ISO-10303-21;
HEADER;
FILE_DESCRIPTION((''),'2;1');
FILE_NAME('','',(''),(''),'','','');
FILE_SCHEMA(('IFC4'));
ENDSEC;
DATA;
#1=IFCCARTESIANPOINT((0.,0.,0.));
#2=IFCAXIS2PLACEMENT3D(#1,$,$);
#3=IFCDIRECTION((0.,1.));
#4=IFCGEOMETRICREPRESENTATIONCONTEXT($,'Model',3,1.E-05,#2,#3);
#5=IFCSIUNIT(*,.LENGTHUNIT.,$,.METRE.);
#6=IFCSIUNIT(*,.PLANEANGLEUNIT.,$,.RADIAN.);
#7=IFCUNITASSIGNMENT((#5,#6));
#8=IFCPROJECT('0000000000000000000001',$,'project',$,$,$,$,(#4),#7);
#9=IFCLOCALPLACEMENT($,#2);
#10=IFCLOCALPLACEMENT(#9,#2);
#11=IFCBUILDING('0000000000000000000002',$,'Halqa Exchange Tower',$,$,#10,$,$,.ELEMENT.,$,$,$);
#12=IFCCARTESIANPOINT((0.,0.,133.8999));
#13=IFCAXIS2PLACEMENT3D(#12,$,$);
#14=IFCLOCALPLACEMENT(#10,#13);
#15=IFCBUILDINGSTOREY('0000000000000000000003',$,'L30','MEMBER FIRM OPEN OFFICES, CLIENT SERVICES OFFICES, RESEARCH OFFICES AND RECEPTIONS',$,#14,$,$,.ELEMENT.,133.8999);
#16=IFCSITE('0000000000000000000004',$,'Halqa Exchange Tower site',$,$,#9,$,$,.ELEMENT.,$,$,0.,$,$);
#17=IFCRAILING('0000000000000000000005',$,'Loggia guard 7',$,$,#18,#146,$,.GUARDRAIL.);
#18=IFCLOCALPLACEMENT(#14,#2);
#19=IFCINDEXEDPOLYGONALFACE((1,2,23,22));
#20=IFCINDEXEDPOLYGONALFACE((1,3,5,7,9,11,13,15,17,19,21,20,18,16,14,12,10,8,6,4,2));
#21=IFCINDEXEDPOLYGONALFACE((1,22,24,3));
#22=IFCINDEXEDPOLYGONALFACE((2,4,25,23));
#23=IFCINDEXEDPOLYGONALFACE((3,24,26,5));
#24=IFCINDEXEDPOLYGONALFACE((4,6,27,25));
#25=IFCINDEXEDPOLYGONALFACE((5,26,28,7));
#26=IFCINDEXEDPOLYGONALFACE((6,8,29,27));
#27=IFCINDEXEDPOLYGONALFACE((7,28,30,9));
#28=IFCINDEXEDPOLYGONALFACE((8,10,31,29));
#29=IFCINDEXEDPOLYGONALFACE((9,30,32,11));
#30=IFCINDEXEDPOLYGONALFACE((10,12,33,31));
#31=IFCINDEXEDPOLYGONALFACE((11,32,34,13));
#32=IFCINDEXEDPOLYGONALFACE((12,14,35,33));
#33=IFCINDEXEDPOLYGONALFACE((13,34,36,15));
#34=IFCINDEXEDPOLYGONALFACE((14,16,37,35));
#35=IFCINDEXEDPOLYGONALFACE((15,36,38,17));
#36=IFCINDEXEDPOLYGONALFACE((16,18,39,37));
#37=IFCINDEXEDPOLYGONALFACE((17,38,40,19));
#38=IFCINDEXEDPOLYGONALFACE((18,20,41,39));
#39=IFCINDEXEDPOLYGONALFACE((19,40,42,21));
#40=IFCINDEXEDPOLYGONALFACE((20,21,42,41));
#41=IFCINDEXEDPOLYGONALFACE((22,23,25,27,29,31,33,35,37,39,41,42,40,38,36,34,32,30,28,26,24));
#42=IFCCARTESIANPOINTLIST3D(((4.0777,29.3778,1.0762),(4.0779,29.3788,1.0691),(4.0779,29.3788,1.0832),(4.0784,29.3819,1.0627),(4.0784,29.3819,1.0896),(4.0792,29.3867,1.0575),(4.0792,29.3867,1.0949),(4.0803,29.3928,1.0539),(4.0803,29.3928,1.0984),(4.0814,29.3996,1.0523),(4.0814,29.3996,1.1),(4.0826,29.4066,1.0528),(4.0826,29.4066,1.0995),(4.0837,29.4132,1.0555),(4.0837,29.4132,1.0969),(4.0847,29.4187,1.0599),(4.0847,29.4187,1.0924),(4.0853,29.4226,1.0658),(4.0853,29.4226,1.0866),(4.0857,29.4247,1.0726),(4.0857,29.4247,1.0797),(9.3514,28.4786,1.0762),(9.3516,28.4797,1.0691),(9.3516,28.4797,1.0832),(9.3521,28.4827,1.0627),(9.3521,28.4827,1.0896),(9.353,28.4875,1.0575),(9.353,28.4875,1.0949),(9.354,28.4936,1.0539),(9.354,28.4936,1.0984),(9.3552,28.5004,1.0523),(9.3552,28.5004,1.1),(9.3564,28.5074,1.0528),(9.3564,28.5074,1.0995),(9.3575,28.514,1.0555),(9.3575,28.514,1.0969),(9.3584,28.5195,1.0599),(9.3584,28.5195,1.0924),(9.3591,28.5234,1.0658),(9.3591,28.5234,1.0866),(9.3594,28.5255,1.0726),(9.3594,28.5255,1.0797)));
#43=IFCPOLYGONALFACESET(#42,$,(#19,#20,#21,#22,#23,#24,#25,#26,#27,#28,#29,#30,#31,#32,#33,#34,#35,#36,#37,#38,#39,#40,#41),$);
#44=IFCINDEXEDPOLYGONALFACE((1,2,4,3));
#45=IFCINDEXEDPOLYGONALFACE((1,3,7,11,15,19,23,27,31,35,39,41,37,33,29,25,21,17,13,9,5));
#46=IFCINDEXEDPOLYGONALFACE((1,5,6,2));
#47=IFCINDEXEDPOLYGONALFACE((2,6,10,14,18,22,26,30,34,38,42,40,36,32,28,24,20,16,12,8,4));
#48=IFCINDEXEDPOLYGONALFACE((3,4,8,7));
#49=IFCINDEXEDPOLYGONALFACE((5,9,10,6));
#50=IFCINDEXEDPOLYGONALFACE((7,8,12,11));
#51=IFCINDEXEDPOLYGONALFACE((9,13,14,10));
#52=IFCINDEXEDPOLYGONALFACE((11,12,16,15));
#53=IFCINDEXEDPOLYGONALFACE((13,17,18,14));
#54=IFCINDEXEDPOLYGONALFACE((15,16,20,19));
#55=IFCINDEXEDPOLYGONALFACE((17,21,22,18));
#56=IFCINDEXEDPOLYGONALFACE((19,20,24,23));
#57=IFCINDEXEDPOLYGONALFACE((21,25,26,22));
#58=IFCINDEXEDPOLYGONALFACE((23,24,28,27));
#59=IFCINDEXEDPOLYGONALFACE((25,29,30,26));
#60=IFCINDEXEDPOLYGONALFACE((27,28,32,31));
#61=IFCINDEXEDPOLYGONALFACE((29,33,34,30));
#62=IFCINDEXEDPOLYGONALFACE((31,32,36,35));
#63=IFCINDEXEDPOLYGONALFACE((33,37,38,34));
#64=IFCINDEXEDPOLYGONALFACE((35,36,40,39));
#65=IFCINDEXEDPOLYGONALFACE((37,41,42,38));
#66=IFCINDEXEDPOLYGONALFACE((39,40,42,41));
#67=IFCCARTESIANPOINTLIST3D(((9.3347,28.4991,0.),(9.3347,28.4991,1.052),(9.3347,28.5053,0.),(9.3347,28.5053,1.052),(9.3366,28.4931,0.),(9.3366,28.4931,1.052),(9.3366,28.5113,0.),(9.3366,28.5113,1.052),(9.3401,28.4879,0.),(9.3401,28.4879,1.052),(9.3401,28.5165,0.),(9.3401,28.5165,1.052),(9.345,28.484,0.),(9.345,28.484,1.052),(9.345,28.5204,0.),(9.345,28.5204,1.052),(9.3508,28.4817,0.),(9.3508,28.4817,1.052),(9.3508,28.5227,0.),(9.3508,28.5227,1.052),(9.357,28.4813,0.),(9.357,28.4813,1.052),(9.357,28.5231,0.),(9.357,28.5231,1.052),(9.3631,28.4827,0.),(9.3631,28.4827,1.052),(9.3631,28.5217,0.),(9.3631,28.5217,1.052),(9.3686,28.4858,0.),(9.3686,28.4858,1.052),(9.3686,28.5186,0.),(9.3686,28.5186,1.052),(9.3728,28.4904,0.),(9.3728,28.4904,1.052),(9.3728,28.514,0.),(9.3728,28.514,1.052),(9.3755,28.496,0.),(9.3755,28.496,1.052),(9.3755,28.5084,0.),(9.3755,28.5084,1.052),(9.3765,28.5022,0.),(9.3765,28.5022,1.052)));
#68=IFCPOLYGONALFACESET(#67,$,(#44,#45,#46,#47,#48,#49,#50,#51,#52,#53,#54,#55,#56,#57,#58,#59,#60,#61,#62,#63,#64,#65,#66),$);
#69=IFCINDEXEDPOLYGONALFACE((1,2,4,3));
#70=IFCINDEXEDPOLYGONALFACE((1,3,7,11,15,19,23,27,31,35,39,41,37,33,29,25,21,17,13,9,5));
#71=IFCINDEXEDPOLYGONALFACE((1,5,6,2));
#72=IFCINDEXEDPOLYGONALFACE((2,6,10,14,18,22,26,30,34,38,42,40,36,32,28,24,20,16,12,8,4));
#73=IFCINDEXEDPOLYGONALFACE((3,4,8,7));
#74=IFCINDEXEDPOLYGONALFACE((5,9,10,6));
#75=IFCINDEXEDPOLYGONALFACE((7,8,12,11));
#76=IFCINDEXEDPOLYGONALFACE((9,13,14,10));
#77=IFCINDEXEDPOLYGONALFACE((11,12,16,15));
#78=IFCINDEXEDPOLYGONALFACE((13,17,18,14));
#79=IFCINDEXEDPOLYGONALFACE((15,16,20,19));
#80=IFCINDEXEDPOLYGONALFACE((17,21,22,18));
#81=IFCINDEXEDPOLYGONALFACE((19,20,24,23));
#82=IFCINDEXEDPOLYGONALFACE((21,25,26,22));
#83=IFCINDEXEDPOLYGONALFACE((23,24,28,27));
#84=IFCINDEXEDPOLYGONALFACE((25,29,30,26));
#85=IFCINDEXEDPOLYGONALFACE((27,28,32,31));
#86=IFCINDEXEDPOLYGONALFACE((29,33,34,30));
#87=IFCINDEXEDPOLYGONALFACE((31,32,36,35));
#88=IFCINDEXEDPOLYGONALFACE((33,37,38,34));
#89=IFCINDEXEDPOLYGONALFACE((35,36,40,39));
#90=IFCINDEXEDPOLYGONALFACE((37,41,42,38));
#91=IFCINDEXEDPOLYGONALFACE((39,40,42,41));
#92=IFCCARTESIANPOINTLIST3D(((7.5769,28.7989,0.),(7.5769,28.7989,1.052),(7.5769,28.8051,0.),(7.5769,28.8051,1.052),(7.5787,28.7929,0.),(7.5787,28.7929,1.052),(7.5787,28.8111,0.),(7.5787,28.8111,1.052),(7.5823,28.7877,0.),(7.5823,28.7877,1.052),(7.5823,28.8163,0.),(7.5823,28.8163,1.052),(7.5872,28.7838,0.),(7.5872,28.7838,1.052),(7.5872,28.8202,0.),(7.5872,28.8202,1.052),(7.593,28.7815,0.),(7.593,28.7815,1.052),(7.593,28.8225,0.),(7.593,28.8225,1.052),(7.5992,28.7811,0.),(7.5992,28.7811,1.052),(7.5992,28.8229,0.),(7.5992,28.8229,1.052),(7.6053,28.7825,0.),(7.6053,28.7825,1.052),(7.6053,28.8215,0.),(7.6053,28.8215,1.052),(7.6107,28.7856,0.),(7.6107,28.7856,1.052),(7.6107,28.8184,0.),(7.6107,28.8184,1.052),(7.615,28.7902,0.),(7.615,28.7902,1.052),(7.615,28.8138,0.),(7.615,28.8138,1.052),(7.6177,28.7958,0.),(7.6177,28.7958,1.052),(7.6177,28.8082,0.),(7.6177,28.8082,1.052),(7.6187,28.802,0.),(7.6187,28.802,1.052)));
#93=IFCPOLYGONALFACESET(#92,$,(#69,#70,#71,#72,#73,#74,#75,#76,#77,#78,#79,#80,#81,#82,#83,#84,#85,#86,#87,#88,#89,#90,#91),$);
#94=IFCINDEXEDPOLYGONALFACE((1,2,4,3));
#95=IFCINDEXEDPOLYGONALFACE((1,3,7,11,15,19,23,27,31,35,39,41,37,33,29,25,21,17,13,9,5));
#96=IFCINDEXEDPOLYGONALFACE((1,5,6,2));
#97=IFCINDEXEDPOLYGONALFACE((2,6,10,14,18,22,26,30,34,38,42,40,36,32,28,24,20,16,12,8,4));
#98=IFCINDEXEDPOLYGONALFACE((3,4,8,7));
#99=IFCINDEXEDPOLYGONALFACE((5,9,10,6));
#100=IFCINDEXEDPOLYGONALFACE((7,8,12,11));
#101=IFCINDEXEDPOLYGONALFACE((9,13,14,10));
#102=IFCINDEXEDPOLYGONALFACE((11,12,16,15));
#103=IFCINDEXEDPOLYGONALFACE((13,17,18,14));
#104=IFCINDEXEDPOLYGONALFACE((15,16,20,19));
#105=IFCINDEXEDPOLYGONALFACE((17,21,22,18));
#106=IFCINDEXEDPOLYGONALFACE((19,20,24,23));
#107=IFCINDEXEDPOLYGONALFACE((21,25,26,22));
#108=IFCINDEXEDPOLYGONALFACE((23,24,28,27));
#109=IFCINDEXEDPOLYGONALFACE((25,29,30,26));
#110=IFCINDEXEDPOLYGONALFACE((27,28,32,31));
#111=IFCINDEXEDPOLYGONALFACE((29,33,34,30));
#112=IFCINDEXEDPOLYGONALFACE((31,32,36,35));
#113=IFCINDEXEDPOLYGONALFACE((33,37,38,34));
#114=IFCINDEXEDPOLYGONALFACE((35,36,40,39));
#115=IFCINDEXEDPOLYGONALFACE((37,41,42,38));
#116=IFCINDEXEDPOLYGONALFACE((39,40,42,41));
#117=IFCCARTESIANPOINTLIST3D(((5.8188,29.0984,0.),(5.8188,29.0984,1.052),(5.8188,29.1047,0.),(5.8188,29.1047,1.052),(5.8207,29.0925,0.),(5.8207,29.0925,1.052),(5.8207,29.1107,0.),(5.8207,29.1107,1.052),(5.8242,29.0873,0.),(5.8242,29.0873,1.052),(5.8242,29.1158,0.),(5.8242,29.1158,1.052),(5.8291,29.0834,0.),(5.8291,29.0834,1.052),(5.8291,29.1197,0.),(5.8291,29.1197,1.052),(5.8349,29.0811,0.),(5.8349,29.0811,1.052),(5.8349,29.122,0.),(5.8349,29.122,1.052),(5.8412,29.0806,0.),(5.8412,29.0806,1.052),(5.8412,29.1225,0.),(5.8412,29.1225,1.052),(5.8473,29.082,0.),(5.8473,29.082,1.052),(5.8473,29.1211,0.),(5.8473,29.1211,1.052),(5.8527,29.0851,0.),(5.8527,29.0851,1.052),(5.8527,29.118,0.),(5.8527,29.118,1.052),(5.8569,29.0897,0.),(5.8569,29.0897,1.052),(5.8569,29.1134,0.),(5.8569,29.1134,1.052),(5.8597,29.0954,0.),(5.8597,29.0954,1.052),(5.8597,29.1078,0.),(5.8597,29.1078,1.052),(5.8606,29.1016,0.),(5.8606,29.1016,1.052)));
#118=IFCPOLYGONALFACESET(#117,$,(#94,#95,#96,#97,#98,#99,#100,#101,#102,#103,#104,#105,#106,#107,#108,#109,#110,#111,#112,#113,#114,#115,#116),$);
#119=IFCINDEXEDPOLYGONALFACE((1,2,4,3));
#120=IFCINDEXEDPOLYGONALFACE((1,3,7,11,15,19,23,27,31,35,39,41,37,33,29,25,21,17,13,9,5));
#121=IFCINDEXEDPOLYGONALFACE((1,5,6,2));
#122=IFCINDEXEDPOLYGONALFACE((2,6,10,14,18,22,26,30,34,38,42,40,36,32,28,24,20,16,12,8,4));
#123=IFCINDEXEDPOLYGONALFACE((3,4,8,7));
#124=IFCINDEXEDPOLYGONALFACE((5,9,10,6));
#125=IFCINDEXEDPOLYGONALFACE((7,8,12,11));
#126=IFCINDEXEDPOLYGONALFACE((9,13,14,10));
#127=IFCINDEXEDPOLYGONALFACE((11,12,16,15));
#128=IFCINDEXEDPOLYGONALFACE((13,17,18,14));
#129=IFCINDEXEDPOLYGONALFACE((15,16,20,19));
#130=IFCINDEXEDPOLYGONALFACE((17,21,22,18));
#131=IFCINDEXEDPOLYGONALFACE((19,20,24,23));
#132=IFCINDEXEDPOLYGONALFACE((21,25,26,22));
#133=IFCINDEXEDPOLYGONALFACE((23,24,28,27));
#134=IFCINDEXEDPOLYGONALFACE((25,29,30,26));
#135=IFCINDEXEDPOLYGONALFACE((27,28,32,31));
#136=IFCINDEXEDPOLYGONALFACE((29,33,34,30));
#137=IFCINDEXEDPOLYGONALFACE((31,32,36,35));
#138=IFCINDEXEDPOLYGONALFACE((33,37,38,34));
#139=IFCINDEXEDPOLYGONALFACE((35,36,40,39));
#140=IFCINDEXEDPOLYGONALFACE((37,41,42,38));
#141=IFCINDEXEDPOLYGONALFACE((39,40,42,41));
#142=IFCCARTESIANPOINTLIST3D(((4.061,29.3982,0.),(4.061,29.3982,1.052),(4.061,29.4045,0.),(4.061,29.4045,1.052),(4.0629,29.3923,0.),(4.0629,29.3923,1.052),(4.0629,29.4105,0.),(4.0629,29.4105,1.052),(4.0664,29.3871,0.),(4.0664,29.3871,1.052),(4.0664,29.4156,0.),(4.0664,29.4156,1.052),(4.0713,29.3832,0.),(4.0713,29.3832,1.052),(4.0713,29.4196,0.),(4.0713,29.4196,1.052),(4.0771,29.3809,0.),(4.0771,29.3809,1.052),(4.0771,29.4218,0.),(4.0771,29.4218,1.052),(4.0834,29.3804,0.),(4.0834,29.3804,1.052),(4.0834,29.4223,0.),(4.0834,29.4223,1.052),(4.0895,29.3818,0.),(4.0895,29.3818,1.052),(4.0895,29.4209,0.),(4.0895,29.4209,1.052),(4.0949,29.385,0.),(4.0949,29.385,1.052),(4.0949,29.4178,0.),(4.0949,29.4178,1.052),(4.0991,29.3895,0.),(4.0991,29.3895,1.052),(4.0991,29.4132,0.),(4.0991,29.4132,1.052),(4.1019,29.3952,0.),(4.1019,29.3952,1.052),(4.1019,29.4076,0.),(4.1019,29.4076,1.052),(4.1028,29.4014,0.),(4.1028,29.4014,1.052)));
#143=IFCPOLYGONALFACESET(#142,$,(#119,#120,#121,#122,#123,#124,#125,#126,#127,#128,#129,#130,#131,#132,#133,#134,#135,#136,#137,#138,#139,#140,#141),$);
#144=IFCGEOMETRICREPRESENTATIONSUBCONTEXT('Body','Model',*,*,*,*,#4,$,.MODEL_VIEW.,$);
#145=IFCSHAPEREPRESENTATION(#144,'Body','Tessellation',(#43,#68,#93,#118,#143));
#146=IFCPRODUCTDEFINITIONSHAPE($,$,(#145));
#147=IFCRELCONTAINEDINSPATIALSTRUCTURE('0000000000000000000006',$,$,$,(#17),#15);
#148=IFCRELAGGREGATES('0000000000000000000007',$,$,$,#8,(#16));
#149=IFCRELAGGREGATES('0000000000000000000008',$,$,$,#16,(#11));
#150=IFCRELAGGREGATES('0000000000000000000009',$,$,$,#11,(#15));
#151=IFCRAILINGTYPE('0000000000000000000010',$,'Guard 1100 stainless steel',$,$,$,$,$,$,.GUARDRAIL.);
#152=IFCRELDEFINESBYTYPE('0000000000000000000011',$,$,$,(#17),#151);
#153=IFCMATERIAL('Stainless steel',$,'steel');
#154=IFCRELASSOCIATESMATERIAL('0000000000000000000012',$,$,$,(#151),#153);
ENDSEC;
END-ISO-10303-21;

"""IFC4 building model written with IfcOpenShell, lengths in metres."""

from ifc_helpers import new_model, si_unit, direction, frame, origin, origin_2d, place, context, subcontext, project, spatial, circle, extrude, material, type_object, element, save


model = new_model("IFC4")

# Units and contexts
model_context = context("Model", 3, precision=1e-05, world=origin(), true_north=direction((0.0, 1.0)))
body_context = subcontext(model_context, "Body", "Model", "MODEL_VIEW")
ifc_project = project(units=[si_unit("LENGTHUNIT", "METRE"), si_unit("PLANEANGLEUNIT", "RADIAN")], contexts=[model_context])

# Site, building, storey
site_placement = place(None, origin())
site = spatial("IfcSite", under=ifc_project, at=site_placement, Name="Halqa Exchange Tower site", CompositionType="ELEMENT", RefElevation=0.0)
building_placement = place(site_placement, origin())
building = spatial("IfcBuilding", under=site, at=building_placement, Name="Halqa Exchange Tower", CompositionType="ELEMENT")
storey_placement = place(building_placement, frame((0.0, 0.0, 133.8999)))
storey = spatial("IfcBuildingStorey", under=building, at=storey_placement, Name="L30", Description="MEMBER FIRM OPEN OFFICES, CLIENT SERVICES OFFICES, RESEARCH OFFICES AND RECEPTIONS", CompositionType="ELEMENT", Elevation=133.8999)

# Railing
ifc_material_1 = material(Name="Stainless steel", Category="steel")
railing_type_1 = type_object("IfcRailingType", Name="Guard 1100 stainless steel", PredefinedType="GUARDRAIL", material=ifc_material_1)
railing_1_placement = place(storey_placement, frame((9.3555, 28.5022, 0.0)))
element("IfcRailing", 1, at=railing_1_placement, inside=storey, type_object=railing_type_1, Name="Loggia guard 7", PredefinedType="GUARDRAIL", context=body_context, shape_type="SweptSolid", body=[
    extrude(circle(Radius=0.0239, at=origin_2d()), frame((0.0, 0.0, 1.0762), z_axis=(-0.985774, 0.168076, 0.0), x_axis=(-0.168076, -0.985774, 0.0)), (0.0, 0.0, 1.0), 5.3499),
    extrude(circle(Radius=0.021, at=origin_2d()), origin(), (0.0, 0.0, 1.0), 1.052),
    extrude(circle(Radius=0.021, at=origin_2d()), frame((-1.7578, 0.2998, 0.0)), (0.0, 0.0, 1.0), 1.052),
    extrude(circle(Radius=0.021, at=origin_2d()), frame((-3.5159, 0.5994, 0.0)), (0.0, 0.0, 1.0), 1.052),
    extrude(circle(Radius=0.021, at=origin_2d()), frame((-5.2737, 0.8992, 0.0)), (0.0, 0.0, 1.0), 1.052),
])

save(model, "model.ifc")
